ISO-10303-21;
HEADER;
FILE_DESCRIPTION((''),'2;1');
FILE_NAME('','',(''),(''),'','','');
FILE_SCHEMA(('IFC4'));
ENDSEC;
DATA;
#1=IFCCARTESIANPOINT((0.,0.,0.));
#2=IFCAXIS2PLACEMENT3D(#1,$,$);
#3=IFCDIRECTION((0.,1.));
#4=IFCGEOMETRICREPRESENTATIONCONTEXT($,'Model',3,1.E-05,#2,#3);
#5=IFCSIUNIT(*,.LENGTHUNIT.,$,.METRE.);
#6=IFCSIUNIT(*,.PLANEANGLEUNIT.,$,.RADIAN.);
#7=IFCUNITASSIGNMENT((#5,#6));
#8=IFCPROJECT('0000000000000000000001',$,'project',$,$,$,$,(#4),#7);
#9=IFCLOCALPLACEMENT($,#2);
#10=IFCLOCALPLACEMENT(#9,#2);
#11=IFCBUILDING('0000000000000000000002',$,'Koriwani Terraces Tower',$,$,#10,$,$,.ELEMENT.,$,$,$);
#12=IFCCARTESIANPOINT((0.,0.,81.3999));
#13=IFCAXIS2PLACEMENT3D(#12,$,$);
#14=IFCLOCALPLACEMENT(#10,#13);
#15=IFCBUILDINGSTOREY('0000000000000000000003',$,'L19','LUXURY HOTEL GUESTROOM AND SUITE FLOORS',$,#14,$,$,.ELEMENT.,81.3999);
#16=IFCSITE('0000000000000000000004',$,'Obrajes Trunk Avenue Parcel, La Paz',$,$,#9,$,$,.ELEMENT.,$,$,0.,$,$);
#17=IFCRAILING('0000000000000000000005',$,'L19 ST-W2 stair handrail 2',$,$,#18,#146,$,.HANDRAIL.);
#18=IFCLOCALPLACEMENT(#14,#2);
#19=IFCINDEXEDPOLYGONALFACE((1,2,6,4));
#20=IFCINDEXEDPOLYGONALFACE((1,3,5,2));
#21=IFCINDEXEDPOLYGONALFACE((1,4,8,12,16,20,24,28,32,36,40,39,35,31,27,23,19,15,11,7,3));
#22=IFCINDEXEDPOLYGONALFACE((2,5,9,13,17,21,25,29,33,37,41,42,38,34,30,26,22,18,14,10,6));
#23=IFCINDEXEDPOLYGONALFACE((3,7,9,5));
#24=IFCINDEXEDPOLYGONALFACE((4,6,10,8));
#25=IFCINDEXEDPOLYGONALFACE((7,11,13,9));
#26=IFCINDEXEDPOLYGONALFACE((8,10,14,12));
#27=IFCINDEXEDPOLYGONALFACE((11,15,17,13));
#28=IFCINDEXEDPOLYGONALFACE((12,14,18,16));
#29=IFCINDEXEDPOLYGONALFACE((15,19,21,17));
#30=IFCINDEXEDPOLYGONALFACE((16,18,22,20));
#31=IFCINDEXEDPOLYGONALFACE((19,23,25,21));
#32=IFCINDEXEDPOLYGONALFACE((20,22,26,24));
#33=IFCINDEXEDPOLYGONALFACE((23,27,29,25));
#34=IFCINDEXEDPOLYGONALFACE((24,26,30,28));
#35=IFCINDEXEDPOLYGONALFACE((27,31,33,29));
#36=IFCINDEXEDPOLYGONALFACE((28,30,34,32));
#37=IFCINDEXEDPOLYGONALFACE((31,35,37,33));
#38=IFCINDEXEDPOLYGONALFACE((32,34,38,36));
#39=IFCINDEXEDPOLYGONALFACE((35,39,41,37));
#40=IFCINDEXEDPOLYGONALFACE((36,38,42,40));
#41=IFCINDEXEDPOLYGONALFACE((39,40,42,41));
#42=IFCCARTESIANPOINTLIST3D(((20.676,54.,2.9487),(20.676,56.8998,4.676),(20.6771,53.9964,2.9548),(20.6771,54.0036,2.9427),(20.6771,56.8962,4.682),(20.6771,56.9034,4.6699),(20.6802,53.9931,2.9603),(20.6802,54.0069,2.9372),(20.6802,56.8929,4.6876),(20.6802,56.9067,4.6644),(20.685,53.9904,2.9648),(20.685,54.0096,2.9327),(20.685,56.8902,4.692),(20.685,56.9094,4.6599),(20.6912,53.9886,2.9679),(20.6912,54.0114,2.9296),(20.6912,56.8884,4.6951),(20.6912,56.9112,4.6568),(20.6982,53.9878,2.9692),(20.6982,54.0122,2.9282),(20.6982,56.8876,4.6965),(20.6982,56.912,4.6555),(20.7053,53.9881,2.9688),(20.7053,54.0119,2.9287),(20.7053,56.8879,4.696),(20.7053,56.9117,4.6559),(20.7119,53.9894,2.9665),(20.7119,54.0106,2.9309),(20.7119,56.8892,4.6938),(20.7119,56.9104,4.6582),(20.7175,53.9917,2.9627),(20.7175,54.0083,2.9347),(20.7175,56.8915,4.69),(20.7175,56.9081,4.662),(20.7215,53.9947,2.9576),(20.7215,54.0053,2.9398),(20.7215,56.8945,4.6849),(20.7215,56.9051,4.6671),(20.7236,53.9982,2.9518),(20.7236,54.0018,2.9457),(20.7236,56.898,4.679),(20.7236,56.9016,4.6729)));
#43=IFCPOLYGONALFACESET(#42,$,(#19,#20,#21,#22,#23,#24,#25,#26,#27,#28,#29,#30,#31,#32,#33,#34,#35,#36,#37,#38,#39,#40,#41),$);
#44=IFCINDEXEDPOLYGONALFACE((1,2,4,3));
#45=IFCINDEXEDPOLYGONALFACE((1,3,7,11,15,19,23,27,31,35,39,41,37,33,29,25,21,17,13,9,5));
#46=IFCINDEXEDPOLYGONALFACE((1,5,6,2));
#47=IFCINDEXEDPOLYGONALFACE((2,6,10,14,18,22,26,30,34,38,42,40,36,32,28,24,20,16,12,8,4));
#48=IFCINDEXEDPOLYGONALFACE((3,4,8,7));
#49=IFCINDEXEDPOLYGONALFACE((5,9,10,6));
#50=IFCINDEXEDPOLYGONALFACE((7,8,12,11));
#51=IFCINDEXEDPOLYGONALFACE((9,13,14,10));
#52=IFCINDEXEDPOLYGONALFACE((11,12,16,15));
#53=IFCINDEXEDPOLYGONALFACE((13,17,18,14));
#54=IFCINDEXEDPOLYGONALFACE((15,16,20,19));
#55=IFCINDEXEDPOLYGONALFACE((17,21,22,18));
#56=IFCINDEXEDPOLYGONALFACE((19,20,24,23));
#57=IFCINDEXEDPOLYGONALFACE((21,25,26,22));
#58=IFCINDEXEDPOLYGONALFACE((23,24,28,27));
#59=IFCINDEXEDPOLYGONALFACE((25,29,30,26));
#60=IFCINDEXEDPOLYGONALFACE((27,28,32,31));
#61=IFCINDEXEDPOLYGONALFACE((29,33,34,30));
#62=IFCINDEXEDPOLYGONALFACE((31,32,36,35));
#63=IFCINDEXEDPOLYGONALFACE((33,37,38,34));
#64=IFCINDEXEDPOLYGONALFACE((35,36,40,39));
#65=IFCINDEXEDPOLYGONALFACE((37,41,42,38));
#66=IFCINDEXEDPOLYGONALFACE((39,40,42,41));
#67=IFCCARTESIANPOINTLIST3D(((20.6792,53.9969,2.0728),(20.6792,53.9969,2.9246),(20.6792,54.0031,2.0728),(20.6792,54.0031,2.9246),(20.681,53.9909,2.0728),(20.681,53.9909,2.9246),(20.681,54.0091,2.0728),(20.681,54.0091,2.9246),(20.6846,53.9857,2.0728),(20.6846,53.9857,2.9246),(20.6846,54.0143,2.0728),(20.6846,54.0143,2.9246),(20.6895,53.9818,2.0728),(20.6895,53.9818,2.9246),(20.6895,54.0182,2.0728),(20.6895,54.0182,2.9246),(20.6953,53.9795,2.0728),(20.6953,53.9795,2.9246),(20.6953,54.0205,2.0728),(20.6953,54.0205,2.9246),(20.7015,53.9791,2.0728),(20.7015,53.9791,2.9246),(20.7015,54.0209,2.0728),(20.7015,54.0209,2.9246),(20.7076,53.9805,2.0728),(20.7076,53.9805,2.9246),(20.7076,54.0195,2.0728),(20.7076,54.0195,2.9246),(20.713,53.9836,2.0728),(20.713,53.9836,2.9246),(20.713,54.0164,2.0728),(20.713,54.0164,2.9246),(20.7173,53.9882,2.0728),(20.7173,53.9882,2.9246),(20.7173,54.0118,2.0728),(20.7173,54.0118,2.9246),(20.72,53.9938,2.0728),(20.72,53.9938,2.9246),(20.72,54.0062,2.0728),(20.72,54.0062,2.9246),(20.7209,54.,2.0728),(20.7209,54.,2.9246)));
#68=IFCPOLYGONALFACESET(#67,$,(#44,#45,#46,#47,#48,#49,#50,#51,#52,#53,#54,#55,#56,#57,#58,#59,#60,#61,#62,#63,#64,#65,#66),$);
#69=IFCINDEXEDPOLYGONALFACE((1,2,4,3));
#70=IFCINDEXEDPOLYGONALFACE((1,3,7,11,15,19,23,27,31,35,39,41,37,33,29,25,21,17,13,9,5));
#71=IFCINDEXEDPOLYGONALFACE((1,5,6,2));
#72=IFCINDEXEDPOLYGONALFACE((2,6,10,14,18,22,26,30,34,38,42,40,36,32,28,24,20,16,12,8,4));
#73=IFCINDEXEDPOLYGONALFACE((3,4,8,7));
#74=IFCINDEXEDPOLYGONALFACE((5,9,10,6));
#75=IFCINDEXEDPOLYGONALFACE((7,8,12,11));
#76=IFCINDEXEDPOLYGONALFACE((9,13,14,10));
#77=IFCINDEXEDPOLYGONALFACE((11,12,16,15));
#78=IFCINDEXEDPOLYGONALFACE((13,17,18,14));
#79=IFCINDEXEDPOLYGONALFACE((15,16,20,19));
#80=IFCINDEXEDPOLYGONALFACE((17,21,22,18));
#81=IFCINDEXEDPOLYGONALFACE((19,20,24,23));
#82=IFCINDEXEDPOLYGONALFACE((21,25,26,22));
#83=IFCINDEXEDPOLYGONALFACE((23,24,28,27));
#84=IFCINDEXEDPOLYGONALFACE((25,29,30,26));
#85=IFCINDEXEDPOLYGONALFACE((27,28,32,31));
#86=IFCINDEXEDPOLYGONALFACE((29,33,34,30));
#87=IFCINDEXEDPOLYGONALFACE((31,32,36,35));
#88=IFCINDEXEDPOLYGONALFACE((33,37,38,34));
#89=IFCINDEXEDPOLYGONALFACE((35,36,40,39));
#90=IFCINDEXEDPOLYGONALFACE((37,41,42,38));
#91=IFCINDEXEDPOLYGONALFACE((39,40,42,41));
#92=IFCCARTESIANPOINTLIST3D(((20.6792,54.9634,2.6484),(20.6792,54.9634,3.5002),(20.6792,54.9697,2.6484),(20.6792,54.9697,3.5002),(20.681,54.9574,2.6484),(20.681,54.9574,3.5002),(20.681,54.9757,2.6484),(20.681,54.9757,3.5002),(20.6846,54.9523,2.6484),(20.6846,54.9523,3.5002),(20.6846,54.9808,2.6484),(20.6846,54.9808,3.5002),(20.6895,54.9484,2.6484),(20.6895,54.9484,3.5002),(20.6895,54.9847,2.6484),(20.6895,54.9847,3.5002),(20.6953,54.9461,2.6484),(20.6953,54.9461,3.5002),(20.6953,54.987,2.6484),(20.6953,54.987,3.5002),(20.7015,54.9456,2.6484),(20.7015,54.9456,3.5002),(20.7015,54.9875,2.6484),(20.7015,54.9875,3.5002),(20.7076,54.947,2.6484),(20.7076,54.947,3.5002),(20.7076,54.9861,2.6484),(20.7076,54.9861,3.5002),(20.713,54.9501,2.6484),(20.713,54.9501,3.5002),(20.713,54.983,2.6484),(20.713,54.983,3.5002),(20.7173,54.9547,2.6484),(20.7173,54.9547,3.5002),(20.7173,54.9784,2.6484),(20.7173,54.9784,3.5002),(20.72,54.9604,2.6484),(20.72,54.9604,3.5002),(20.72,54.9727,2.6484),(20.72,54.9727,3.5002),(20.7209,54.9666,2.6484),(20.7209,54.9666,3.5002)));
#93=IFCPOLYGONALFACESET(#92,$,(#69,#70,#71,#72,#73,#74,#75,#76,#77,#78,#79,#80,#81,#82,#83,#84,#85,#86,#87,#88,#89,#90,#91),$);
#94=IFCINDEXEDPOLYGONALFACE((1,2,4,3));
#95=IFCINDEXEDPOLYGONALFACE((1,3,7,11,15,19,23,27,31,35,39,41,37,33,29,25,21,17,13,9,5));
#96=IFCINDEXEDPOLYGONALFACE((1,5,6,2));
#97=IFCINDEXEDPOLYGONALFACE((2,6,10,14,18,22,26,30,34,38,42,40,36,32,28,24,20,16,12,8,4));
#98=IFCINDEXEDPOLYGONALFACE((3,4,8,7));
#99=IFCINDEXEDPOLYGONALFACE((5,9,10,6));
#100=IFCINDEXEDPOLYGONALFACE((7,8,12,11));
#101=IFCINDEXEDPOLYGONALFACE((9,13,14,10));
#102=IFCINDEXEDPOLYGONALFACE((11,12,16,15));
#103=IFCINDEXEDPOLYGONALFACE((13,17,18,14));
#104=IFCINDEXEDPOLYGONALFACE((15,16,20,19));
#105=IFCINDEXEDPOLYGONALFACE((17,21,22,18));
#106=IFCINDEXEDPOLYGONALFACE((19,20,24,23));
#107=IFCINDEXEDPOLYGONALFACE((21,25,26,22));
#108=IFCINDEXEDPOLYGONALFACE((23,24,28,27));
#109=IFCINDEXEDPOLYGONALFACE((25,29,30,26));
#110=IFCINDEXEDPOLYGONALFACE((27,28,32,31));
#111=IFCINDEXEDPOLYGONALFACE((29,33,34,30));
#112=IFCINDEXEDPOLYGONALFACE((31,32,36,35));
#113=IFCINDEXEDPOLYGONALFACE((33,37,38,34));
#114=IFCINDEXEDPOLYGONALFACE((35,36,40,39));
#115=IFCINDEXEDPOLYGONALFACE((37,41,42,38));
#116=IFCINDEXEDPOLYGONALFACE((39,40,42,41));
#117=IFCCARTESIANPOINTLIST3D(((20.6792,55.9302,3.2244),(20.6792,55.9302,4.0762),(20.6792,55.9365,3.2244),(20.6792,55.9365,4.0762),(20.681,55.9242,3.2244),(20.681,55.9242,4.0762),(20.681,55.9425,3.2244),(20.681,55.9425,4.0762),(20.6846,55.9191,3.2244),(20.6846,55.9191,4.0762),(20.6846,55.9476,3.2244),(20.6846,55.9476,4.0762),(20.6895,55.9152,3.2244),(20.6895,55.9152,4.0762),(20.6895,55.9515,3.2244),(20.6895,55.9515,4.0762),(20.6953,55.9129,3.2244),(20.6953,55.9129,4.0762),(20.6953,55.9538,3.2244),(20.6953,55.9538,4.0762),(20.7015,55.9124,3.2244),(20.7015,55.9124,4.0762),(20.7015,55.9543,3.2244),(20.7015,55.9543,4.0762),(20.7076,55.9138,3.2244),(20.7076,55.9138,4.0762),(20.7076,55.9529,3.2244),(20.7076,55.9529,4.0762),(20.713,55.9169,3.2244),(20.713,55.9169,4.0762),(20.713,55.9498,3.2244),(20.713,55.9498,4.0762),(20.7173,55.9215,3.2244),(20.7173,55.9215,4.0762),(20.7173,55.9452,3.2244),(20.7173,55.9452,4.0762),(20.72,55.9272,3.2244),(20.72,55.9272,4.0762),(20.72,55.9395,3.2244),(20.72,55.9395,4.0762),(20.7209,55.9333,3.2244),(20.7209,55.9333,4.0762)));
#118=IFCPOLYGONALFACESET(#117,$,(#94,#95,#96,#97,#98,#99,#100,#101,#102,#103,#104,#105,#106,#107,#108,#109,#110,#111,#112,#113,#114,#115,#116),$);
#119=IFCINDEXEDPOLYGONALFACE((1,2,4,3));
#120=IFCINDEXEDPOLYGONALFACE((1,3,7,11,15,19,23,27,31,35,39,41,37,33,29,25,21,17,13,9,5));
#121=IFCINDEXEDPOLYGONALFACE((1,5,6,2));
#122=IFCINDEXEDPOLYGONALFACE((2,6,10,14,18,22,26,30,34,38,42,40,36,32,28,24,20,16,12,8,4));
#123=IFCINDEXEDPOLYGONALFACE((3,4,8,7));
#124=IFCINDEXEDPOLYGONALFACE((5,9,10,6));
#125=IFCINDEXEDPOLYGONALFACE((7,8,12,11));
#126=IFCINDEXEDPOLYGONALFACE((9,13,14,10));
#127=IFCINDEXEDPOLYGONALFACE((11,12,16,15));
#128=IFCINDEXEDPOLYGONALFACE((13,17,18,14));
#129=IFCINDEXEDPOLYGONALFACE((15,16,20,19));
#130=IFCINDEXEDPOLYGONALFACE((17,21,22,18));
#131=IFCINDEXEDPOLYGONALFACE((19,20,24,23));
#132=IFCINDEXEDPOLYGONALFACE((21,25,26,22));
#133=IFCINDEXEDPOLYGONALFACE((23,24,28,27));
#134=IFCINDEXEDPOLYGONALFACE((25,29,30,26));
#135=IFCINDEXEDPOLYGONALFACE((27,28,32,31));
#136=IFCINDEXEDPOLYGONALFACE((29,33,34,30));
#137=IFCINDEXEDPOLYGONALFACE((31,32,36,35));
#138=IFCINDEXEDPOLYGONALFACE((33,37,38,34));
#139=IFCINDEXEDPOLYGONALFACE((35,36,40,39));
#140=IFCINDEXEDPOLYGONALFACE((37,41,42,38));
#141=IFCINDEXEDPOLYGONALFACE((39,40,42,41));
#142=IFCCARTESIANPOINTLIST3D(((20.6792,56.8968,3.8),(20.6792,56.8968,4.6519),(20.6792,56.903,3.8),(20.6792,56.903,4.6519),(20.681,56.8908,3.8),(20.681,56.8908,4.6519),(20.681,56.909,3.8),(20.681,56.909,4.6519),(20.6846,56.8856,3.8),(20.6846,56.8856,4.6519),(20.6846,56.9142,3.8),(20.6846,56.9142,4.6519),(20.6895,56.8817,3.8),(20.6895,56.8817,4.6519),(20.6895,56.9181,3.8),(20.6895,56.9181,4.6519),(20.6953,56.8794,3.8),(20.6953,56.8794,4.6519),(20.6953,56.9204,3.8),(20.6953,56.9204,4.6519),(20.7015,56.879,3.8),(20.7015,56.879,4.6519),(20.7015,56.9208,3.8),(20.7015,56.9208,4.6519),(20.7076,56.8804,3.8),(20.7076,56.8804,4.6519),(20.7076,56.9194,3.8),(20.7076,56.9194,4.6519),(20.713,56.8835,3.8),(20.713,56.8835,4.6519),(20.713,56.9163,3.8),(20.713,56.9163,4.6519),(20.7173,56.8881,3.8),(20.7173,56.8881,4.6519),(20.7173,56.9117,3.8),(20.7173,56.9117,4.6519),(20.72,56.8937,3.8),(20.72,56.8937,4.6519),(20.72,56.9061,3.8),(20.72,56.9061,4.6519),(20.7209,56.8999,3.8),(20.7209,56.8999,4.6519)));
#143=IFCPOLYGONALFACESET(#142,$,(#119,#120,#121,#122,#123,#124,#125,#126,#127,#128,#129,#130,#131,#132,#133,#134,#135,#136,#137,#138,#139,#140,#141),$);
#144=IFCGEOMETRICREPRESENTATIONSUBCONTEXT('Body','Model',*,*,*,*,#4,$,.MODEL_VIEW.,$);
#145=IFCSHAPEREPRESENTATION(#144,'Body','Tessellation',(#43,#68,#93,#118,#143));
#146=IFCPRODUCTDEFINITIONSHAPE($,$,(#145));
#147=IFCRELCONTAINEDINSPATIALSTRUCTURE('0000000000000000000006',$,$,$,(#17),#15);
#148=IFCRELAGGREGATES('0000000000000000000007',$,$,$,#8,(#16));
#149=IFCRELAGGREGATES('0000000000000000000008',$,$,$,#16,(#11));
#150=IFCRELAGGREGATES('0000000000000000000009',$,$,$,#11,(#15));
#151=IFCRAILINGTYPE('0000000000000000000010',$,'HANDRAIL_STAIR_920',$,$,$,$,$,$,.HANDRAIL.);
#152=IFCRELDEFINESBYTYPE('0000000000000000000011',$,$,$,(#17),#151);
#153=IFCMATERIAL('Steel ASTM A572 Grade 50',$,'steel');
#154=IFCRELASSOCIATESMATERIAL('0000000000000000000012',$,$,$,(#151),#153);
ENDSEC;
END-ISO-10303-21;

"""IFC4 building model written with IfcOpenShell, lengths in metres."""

from ifc_helpers import new_model, si_unit, direction, frame, origin, origin_2d, place, context, subcontext, project, spatial, circle, extrude, material, type_object, element, save


model = new_model("IFC4")

# Units and contexts
model_context = context("Model", 3, precision=1e-05, world=origin(), true_north=direction((0.0, 1.0)))
body_context = subcontext(model_context, "Body", "Model", "MODEL_VIEW")
ifc_project = project(units=[si_unit("LENGTHUNIT", "METRE"), si_unit("PLANEANGLEUNIT", "RADIAN")], contexts=[model_context])

# Site, building, storey
site_placement = place(None, origin())
site = spatial("IfcSite", under=ifc_project, at=site_placement, Name="Obrajes Trunk Avenue Parcel, La Paz", CompositionType="ELEMENT", RefElevation=0.0)
building_placement = place(site_placement, origin())
building = spatial("IfcBuilding", under=site, at=building_placement, Name="Koriwani Terraces Tower", CompositionType="ELEMENT")
storey_placement = place(building_placement, frame((0.0, 0.0, 81.3999)))
storey = spatial("IfcBuildingStorey", under=building, at=storey_placement, Name="L19", Description="LUXURY HOTEL GUESTROOM AND SUITE FLOORS", CompositionType="ELEMENT", Elevation=81.3999)

# Shared definitions
ifc_material_1 = material(Name="Steel ASTM A572 Grade 50", Category="steel")

# Railing
railing_type_1 = type_object("IfcRailingType", Name="HANDRAIL_STAIR_920", PredefinedType="HANDRAIL", material=ifc_material_1)
railing_1_placement = place(storey_placement, frame((20.7, 54.0, 2.0728)))
element("IfcRailing", 1, at=railing_1_placement, inside=storey, type_object=railing_type_1, Name="L19 ST-W2 stair handrail 2", PredefinedType="HANDRAIL", context=body_context, shape_type="SweptSolid", body=[
    extrude(circle(Radius=0.0239, at=origin_2d()), frame((0.0, 0.0, 0.876), z_axis=(0.0, 0.859141, 0.511738), x_axis=(-1.0, 0.0, 0.0)), (0.0, 0.0, 1.0), 3.3752),
    extrude(circle(Radius=0.021, at=origin_2d()), origin(), (0.0, 0.0, 1.0), 0.8518),
    extrude(circle(Radius=0.021, at=origin_2d()), frame((0.0, 0.9666, 0.5757)), (0.0, 0.0, 1.0), 0.8518),
    extrude(circle(Radius=0.021, at=origin_2d()), frame((0.0, 1.9333, 1.1516)), (0.0, 0.0, 1.0), 0.8518),
    extrude(circle(Radius=0.021, at=origin_2d()), frame((0.0, 2.8999, 1.7273)), (0.0, 0.0, 1.0), 0.8518),
])

save(model, "model.ifc")
